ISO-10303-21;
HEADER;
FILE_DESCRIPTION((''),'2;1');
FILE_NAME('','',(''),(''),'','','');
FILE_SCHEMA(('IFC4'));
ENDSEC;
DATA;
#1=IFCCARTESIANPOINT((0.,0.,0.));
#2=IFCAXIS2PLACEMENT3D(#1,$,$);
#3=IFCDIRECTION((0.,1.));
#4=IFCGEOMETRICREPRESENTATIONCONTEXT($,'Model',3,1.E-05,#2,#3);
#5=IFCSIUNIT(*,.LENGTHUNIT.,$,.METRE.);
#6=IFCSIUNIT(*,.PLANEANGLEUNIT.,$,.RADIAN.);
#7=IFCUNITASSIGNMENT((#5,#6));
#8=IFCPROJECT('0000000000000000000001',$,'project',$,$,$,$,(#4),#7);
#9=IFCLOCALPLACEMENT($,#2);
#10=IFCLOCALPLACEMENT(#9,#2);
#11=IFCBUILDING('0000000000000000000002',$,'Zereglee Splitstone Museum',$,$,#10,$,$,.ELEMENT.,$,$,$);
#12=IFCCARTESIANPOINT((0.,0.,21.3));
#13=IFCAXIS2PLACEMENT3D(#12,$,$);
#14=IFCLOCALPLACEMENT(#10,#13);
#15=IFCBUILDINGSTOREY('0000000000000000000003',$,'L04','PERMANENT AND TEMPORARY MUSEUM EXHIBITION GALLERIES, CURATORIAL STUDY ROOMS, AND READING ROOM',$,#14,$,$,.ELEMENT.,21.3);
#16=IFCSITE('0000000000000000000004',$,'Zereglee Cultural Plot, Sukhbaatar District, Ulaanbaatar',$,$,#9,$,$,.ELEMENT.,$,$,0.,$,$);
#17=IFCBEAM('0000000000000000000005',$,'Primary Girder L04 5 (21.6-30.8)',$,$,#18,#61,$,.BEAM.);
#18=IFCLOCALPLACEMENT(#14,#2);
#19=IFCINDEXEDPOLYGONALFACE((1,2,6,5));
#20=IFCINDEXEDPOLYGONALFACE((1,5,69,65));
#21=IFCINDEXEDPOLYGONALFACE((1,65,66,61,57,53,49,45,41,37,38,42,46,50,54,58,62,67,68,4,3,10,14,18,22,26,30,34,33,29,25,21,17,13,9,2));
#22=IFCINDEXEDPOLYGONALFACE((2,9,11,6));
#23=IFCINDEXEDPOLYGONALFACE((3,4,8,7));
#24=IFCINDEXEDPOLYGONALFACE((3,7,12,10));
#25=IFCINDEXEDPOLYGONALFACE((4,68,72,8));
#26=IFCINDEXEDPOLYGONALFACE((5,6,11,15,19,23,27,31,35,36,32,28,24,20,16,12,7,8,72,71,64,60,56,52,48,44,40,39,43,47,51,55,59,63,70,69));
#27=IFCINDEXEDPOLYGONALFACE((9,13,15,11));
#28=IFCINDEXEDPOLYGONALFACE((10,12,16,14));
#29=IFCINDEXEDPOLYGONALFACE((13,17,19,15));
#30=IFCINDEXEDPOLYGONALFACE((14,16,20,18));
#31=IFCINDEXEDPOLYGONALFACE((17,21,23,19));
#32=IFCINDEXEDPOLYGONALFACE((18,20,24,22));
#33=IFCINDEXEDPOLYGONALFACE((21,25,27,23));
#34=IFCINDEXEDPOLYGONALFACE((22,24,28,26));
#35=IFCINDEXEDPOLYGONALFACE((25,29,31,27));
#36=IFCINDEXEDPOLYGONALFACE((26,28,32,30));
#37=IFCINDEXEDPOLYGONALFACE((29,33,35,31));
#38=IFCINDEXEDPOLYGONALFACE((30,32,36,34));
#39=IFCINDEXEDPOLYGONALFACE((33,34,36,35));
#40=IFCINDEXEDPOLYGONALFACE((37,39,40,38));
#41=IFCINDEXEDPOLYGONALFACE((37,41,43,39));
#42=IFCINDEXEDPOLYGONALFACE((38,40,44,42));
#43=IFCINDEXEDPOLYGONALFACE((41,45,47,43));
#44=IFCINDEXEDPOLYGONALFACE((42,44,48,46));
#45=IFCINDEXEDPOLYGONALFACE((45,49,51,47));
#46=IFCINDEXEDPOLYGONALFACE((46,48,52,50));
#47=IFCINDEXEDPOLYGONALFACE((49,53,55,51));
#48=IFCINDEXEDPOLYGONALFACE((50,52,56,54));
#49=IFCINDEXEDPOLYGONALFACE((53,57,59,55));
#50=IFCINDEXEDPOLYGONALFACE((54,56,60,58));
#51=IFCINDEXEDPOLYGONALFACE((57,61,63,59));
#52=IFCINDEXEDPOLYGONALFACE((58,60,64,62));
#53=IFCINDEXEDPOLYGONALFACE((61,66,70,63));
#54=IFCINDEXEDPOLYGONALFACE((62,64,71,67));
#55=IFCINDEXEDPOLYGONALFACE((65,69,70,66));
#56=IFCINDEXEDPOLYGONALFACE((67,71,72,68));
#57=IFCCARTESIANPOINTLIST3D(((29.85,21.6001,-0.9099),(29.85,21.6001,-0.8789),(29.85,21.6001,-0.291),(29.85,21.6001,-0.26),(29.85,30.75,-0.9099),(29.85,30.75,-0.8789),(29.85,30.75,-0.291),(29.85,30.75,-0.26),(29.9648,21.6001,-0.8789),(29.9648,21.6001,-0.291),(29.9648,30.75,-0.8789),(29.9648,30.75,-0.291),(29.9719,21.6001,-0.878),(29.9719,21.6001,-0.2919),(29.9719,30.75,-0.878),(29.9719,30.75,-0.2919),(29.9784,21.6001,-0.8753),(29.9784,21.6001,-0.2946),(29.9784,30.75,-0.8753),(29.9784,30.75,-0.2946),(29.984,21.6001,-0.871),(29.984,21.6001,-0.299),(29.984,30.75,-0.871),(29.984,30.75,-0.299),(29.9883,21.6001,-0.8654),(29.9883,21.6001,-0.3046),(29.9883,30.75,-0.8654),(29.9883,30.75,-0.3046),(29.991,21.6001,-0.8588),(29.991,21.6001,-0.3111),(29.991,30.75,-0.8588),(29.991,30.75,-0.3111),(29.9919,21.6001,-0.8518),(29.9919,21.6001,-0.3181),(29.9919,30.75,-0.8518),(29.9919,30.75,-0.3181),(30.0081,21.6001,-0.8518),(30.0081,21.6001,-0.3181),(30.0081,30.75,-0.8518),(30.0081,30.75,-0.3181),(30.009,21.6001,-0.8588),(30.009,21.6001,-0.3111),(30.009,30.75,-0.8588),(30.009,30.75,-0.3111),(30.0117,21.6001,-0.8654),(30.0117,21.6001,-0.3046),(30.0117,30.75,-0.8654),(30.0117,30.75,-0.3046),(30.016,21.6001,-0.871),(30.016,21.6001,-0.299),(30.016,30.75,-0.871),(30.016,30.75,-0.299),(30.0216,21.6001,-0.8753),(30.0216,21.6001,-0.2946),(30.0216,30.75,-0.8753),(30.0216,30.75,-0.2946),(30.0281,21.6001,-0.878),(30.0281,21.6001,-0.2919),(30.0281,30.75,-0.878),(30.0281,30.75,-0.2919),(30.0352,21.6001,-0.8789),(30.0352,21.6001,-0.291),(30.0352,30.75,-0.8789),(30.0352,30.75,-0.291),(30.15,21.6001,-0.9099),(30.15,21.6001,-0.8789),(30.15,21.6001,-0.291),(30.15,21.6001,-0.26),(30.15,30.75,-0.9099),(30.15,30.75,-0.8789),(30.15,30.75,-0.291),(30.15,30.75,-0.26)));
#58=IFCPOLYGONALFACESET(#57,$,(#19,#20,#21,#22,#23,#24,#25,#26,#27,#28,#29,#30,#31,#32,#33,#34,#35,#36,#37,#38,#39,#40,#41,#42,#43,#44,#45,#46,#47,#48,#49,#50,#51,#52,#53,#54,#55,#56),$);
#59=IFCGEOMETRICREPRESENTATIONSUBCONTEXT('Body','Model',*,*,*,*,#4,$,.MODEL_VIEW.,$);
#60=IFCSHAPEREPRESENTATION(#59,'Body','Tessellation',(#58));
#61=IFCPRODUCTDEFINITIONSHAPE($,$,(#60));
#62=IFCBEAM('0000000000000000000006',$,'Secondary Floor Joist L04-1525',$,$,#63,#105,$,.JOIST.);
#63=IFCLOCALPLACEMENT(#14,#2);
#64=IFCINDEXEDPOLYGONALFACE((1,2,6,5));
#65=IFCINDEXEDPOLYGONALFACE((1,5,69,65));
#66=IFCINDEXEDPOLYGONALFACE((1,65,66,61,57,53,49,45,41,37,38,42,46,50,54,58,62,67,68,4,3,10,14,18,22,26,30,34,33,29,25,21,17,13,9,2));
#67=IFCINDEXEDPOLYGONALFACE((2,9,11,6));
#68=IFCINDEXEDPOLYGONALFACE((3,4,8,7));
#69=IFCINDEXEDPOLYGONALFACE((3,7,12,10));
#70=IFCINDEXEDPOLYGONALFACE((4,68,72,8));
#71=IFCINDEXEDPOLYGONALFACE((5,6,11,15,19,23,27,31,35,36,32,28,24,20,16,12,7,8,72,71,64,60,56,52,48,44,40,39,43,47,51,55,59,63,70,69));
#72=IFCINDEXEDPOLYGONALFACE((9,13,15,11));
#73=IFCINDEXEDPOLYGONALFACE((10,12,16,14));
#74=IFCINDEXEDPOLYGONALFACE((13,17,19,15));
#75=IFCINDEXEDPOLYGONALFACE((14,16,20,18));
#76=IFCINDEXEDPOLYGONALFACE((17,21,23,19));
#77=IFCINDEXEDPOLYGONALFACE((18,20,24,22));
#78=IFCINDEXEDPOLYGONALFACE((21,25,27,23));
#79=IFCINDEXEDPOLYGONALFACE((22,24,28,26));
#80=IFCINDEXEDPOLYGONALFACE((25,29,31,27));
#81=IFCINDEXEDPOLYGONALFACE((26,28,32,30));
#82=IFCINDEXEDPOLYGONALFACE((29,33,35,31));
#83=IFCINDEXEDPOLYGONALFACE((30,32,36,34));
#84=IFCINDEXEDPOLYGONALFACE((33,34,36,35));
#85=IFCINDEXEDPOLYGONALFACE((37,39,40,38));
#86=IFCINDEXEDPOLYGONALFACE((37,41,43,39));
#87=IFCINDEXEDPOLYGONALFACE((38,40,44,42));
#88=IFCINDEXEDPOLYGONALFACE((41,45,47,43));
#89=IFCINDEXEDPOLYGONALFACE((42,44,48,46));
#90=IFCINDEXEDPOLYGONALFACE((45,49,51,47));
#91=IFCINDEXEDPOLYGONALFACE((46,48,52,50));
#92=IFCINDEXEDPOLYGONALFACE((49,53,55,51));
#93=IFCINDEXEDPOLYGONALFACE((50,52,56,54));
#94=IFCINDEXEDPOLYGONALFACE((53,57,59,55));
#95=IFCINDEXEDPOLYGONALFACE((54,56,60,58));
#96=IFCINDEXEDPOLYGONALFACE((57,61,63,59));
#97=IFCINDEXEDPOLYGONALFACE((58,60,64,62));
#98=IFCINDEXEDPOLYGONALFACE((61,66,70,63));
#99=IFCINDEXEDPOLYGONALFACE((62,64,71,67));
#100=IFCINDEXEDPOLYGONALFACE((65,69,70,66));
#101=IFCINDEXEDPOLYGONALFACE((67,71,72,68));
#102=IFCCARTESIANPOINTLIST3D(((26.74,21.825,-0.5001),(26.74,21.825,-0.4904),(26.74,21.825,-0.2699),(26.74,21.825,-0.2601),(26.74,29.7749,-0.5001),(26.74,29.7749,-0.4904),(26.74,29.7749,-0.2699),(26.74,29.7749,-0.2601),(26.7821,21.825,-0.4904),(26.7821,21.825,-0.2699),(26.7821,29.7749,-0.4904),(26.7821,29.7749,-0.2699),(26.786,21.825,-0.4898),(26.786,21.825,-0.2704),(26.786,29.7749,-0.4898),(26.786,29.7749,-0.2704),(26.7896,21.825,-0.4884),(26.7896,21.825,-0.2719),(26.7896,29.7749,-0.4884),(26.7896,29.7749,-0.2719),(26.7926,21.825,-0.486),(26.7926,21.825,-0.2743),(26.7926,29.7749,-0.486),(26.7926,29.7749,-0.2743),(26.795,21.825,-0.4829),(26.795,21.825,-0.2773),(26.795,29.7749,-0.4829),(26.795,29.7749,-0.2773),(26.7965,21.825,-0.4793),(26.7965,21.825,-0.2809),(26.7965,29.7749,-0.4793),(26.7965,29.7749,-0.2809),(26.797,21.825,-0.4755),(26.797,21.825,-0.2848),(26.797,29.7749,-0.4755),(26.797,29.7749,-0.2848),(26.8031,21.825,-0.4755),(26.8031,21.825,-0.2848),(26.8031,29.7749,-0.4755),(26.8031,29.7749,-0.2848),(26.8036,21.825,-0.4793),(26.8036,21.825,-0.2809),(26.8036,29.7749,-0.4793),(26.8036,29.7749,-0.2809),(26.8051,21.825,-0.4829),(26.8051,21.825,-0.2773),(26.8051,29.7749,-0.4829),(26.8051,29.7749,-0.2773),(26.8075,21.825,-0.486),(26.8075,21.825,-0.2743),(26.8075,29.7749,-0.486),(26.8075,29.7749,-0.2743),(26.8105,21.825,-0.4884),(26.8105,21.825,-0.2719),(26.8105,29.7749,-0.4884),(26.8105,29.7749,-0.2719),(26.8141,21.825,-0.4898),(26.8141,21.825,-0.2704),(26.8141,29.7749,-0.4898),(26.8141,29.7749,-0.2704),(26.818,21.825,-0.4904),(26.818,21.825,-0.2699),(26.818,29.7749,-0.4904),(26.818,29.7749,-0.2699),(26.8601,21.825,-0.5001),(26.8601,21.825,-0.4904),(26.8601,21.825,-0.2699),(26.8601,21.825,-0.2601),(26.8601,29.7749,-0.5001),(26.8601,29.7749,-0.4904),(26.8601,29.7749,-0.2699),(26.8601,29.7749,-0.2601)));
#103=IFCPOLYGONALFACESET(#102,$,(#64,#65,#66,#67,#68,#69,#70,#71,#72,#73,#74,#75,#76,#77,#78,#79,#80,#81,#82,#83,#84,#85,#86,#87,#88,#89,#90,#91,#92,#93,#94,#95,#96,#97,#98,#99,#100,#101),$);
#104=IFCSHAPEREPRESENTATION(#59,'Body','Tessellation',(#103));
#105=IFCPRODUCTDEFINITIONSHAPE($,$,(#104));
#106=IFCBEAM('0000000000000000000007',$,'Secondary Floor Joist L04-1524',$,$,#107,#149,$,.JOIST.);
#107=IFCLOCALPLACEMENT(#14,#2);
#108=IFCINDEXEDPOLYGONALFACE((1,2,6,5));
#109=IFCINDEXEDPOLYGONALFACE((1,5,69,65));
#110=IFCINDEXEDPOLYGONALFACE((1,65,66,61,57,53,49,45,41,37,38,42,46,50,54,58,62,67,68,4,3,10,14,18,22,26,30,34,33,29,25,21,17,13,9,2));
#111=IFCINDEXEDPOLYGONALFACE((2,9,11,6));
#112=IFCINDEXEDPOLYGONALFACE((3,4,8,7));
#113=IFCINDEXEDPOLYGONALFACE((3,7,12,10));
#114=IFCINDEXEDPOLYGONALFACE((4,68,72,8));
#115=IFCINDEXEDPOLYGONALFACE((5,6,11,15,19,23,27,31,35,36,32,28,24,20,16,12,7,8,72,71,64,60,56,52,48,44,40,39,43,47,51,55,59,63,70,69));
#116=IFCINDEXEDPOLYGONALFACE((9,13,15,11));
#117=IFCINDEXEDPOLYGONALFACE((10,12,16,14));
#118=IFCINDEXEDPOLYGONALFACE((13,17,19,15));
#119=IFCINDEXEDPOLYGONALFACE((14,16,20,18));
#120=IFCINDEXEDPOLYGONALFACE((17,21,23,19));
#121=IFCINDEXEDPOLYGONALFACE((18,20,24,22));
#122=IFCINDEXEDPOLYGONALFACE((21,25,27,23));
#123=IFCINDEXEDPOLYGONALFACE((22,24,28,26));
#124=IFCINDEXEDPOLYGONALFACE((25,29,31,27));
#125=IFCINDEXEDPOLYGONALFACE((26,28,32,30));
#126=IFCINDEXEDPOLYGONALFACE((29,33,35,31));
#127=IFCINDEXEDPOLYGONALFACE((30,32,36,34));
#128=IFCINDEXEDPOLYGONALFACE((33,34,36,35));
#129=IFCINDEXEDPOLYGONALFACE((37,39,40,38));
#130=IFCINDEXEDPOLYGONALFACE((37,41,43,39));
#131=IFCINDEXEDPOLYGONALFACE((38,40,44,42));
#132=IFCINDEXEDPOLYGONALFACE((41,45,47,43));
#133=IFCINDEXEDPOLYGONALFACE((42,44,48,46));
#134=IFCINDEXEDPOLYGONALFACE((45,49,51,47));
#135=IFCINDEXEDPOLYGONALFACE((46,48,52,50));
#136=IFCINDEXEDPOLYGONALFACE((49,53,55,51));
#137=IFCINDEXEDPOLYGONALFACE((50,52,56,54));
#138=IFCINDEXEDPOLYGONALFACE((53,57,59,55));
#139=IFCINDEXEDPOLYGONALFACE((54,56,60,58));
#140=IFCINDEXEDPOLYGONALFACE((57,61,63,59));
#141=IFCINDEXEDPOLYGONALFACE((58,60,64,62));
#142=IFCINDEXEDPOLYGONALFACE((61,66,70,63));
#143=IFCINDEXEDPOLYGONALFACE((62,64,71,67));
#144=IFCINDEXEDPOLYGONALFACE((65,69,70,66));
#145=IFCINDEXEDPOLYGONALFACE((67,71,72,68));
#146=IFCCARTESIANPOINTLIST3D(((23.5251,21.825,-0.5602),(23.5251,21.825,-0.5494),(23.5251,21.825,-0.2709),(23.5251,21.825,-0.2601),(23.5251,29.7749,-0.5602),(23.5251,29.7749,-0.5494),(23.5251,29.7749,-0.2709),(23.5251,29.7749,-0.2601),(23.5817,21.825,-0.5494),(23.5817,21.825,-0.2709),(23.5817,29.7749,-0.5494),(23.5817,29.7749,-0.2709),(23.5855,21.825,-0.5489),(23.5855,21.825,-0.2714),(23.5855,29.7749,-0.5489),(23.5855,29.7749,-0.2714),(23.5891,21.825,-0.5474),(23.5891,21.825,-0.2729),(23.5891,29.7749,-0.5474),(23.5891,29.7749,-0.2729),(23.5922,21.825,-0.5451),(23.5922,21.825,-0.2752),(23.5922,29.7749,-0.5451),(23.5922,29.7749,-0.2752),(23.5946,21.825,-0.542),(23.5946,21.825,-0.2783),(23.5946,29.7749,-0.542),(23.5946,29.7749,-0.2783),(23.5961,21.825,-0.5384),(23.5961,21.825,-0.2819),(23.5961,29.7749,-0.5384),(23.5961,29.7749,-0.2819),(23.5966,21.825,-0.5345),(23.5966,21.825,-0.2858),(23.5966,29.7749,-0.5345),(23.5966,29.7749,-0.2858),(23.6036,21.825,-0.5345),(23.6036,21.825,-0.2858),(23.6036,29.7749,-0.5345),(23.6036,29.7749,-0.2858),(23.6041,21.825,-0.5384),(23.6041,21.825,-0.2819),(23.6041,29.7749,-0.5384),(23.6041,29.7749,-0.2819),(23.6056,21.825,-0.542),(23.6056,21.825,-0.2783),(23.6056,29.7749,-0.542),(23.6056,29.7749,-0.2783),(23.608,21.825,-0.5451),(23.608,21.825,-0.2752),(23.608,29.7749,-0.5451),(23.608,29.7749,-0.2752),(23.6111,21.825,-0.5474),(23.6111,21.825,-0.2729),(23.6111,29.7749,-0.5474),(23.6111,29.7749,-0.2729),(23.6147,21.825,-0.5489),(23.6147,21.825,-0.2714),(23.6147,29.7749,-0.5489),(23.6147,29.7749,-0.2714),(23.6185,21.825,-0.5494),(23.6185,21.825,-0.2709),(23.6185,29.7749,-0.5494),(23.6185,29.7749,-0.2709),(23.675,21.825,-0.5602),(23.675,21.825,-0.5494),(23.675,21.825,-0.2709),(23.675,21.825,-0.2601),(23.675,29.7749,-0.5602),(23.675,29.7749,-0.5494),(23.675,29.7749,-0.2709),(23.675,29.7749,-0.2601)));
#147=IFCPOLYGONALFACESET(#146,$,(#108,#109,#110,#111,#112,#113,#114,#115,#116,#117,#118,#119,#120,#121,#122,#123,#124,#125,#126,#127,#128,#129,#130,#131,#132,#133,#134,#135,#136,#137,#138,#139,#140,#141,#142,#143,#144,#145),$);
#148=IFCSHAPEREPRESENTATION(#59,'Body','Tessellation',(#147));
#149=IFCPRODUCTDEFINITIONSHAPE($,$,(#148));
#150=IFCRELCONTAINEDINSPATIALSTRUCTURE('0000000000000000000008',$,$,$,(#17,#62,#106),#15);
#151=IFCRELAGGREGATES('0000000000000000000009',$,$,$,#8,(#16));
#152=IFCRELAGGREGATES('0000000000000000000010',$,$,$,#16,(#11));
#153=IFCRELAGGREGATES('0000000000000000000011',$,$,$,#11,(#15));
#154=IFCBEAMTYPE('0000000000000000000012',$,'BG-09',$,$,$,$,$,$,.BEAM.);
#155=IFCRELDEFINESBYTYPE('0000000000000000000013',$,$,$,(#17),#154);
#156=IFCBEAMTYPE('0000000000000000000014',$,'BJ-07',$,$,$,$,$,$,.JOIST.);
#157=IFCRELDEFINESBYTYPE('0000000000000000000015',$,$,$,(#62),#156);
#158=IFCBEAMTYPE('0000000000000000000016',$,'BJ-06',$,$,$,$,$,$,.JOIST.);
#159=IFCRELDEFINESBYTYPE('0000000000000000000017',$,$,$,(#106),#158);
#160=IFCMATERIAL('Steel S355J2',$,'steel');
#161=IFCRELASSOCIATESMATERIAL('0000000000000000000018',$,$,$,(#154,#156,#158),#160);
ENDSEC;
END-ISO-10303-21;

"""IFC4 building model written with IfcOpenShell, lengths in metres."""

from ifc_helpers import new_model, si_unit, direction, frame, origin, origin_2d, place, context, subcontext, project, spatial, i_section, extrude, material, material_profile, profile_set, type_object, element, save


model = new_model("IFC4")

# Units and contexts
model_context = context("Model", 3, precision=1e-05, world=origin(), true_north=direction((0.0, 1.0)))
body_context = subcontext(model_context, "Body", "Model", "MODEL_VIEW")
ifc_project = project(units=[si_unit("LENGTHUNIT", "METRE"), si_unit("PLANEANGLEUNIT", "RADIAN")], contexts=[model_context])

# Site, building, storey
site_placement = place(None, origin())
site = spatial("IfcSite", under=ifc_project, at=site_placement, Name="Zereglee Cultural Plot, Sukhbaatar District, Ulaanbaatar", CompositionType="ELEMENT", RefElevation=0.0)
building_placement = place(site_placement, origin())
building = spatial("IfcBuilding", under=site, at=building_placement, Name="Zereglee Splitstone Museum", CompositionType="ELEMENT")
storey_placement = place(building_placement, frame((0.0, 0.0, 21.3)))
storey = spatial("IfcBuildingStorey", under=building, at=storey_placement, Name="L04", Description="PERMANENT AND TEMPORARY MUSEUM EXHIBITION GALLERIES, CURATORIAL STUDY ROOMS, AND READING ROOM", CompositionType="ELEMENT", Elevation=21.3)

# Shared definitions
ifc_material_1 = material(Name="Steel S355J2", Category="steel")

# Beams
ifc_material_profile_1 = material_profile(ifc_material_1, i_section(OverallWidth=0.3, OverallDepth=0.6499, WebThickness=0.0161, FlangeThickness=0.031, FilletRadius=0.0271, at=origin_2d()), Name="HE 650 B")
ifc_profile_set_1 = profile_set([ifc_material_profile_1], Name="Steel S355J2")
beam_type_1 = type_object("IfcBeamType", Name="BG-09", PredefinedType="BEAM", material=ifc_profile_set_1)
beam_1_placement = place(storey_placement, frame((30.0, 21.6001, -0.585), z_axis=(0.0, 1.0, 0.0), x_axis=(-1.0, 0.0, 0.0)))
element("IfcBeam", 1, at=beam_1_placement, inside=storey, type_object=beam_type_1, Name="Primary Girder L04 5 (21.6-30.8)", PredefinedType="BEAM", context=body_context, shape_type="SweptSolid", body=[
    extrude(i_section(OverallWidth=0.3, OverallDepth=0.6499, WebThickness=0.0161, FlangeThickness=0.031, FilletRadius=0.0271, at=origin_2d()), origin(), (0.0, 0.0, 1.0), 9.1499),
])
ifc_material_profile_2 = material_profile(ifc_material_1, i_section(OverallWidth=0.1201, OverallDepth=0.24, WebThickness=0.0061, FlangeThickness=0.0098, FilletRadius=0.0149, at=origin_2d()), Name="IPE 240")
ifc_profile_set_2 = profile_set([ifc_material_profile_2], Name="Steel S355J2")
beam_type_2 = type_object("IfcBeamType", Name="BJ-07", PredefinedType="JOIST", material=ifc_profile_set_2)
beam_2_placement = place(storey_placement, frame((26.8, 21.825, -0.3801), z_axis=(0.0, 1.0, 0.0), x_axis=(-1.0, 0.0, 0.0)))
element("IfcBeam", 2, at=beam_2_placement, inside=storey, type_object=beam_type_2, Name="Secondary Floor Joist L04-1525", PredefinedType="JOIST", context=body_context, shape_type="SweptSolid", body=[
    extrude(i_section(OverallWidth=0.1201, OverallDepth=0.24, WebThickness=0.0061, FlangeThickness=0.0098, FilletRadius=0.0149, at=origin_2d()), origin(), (0.0, 0.0, 1.0), 7.95),
])
ifc_material_profile_3 = material_profile(ifc_material_1, i_section(OverallWidth=0.1499, OverallDepth=0.3, WebThickness=0.0071, FlangeThickness=0.0107, FilletRadius=0.0149, at=origin_2d()), Name="IPE 300")
ifc_profile_set_3 = profile_set([ifc_material_profile_3], Name="Steel S355J2")
beam_type_3 = type_object("IfcBeamType", Name="BJ-06", PredefinedType="JOIST", material=ifc_profile_set_3)
beam_3_placement = place(storey_placement, frame((23.6001, 21.825, -0.4102), z_axis=(0.0, 1.0, 0.0), x_axis=(-1.0, 0.0, 0.0)))
element("IfcBeam", 3, at=beam_3_placement, inside=storey, type_object=beam_type_3, Name="Secondary Floor Joist L04-1524", PredefinedType="JOIST", context=body_context, shape_type="SweptSolid", body=[
    extrude(i_section(OverallWidth=0.1499, OverallDepth=0.3, WebThickness=0.0071, FlangeThickness=0.0107, FilletRadius=0.0149, at=origin_2d()), origin(), (0.0, 0.0, 1.0), 7.95),
])

save(model, "model.ifc")
